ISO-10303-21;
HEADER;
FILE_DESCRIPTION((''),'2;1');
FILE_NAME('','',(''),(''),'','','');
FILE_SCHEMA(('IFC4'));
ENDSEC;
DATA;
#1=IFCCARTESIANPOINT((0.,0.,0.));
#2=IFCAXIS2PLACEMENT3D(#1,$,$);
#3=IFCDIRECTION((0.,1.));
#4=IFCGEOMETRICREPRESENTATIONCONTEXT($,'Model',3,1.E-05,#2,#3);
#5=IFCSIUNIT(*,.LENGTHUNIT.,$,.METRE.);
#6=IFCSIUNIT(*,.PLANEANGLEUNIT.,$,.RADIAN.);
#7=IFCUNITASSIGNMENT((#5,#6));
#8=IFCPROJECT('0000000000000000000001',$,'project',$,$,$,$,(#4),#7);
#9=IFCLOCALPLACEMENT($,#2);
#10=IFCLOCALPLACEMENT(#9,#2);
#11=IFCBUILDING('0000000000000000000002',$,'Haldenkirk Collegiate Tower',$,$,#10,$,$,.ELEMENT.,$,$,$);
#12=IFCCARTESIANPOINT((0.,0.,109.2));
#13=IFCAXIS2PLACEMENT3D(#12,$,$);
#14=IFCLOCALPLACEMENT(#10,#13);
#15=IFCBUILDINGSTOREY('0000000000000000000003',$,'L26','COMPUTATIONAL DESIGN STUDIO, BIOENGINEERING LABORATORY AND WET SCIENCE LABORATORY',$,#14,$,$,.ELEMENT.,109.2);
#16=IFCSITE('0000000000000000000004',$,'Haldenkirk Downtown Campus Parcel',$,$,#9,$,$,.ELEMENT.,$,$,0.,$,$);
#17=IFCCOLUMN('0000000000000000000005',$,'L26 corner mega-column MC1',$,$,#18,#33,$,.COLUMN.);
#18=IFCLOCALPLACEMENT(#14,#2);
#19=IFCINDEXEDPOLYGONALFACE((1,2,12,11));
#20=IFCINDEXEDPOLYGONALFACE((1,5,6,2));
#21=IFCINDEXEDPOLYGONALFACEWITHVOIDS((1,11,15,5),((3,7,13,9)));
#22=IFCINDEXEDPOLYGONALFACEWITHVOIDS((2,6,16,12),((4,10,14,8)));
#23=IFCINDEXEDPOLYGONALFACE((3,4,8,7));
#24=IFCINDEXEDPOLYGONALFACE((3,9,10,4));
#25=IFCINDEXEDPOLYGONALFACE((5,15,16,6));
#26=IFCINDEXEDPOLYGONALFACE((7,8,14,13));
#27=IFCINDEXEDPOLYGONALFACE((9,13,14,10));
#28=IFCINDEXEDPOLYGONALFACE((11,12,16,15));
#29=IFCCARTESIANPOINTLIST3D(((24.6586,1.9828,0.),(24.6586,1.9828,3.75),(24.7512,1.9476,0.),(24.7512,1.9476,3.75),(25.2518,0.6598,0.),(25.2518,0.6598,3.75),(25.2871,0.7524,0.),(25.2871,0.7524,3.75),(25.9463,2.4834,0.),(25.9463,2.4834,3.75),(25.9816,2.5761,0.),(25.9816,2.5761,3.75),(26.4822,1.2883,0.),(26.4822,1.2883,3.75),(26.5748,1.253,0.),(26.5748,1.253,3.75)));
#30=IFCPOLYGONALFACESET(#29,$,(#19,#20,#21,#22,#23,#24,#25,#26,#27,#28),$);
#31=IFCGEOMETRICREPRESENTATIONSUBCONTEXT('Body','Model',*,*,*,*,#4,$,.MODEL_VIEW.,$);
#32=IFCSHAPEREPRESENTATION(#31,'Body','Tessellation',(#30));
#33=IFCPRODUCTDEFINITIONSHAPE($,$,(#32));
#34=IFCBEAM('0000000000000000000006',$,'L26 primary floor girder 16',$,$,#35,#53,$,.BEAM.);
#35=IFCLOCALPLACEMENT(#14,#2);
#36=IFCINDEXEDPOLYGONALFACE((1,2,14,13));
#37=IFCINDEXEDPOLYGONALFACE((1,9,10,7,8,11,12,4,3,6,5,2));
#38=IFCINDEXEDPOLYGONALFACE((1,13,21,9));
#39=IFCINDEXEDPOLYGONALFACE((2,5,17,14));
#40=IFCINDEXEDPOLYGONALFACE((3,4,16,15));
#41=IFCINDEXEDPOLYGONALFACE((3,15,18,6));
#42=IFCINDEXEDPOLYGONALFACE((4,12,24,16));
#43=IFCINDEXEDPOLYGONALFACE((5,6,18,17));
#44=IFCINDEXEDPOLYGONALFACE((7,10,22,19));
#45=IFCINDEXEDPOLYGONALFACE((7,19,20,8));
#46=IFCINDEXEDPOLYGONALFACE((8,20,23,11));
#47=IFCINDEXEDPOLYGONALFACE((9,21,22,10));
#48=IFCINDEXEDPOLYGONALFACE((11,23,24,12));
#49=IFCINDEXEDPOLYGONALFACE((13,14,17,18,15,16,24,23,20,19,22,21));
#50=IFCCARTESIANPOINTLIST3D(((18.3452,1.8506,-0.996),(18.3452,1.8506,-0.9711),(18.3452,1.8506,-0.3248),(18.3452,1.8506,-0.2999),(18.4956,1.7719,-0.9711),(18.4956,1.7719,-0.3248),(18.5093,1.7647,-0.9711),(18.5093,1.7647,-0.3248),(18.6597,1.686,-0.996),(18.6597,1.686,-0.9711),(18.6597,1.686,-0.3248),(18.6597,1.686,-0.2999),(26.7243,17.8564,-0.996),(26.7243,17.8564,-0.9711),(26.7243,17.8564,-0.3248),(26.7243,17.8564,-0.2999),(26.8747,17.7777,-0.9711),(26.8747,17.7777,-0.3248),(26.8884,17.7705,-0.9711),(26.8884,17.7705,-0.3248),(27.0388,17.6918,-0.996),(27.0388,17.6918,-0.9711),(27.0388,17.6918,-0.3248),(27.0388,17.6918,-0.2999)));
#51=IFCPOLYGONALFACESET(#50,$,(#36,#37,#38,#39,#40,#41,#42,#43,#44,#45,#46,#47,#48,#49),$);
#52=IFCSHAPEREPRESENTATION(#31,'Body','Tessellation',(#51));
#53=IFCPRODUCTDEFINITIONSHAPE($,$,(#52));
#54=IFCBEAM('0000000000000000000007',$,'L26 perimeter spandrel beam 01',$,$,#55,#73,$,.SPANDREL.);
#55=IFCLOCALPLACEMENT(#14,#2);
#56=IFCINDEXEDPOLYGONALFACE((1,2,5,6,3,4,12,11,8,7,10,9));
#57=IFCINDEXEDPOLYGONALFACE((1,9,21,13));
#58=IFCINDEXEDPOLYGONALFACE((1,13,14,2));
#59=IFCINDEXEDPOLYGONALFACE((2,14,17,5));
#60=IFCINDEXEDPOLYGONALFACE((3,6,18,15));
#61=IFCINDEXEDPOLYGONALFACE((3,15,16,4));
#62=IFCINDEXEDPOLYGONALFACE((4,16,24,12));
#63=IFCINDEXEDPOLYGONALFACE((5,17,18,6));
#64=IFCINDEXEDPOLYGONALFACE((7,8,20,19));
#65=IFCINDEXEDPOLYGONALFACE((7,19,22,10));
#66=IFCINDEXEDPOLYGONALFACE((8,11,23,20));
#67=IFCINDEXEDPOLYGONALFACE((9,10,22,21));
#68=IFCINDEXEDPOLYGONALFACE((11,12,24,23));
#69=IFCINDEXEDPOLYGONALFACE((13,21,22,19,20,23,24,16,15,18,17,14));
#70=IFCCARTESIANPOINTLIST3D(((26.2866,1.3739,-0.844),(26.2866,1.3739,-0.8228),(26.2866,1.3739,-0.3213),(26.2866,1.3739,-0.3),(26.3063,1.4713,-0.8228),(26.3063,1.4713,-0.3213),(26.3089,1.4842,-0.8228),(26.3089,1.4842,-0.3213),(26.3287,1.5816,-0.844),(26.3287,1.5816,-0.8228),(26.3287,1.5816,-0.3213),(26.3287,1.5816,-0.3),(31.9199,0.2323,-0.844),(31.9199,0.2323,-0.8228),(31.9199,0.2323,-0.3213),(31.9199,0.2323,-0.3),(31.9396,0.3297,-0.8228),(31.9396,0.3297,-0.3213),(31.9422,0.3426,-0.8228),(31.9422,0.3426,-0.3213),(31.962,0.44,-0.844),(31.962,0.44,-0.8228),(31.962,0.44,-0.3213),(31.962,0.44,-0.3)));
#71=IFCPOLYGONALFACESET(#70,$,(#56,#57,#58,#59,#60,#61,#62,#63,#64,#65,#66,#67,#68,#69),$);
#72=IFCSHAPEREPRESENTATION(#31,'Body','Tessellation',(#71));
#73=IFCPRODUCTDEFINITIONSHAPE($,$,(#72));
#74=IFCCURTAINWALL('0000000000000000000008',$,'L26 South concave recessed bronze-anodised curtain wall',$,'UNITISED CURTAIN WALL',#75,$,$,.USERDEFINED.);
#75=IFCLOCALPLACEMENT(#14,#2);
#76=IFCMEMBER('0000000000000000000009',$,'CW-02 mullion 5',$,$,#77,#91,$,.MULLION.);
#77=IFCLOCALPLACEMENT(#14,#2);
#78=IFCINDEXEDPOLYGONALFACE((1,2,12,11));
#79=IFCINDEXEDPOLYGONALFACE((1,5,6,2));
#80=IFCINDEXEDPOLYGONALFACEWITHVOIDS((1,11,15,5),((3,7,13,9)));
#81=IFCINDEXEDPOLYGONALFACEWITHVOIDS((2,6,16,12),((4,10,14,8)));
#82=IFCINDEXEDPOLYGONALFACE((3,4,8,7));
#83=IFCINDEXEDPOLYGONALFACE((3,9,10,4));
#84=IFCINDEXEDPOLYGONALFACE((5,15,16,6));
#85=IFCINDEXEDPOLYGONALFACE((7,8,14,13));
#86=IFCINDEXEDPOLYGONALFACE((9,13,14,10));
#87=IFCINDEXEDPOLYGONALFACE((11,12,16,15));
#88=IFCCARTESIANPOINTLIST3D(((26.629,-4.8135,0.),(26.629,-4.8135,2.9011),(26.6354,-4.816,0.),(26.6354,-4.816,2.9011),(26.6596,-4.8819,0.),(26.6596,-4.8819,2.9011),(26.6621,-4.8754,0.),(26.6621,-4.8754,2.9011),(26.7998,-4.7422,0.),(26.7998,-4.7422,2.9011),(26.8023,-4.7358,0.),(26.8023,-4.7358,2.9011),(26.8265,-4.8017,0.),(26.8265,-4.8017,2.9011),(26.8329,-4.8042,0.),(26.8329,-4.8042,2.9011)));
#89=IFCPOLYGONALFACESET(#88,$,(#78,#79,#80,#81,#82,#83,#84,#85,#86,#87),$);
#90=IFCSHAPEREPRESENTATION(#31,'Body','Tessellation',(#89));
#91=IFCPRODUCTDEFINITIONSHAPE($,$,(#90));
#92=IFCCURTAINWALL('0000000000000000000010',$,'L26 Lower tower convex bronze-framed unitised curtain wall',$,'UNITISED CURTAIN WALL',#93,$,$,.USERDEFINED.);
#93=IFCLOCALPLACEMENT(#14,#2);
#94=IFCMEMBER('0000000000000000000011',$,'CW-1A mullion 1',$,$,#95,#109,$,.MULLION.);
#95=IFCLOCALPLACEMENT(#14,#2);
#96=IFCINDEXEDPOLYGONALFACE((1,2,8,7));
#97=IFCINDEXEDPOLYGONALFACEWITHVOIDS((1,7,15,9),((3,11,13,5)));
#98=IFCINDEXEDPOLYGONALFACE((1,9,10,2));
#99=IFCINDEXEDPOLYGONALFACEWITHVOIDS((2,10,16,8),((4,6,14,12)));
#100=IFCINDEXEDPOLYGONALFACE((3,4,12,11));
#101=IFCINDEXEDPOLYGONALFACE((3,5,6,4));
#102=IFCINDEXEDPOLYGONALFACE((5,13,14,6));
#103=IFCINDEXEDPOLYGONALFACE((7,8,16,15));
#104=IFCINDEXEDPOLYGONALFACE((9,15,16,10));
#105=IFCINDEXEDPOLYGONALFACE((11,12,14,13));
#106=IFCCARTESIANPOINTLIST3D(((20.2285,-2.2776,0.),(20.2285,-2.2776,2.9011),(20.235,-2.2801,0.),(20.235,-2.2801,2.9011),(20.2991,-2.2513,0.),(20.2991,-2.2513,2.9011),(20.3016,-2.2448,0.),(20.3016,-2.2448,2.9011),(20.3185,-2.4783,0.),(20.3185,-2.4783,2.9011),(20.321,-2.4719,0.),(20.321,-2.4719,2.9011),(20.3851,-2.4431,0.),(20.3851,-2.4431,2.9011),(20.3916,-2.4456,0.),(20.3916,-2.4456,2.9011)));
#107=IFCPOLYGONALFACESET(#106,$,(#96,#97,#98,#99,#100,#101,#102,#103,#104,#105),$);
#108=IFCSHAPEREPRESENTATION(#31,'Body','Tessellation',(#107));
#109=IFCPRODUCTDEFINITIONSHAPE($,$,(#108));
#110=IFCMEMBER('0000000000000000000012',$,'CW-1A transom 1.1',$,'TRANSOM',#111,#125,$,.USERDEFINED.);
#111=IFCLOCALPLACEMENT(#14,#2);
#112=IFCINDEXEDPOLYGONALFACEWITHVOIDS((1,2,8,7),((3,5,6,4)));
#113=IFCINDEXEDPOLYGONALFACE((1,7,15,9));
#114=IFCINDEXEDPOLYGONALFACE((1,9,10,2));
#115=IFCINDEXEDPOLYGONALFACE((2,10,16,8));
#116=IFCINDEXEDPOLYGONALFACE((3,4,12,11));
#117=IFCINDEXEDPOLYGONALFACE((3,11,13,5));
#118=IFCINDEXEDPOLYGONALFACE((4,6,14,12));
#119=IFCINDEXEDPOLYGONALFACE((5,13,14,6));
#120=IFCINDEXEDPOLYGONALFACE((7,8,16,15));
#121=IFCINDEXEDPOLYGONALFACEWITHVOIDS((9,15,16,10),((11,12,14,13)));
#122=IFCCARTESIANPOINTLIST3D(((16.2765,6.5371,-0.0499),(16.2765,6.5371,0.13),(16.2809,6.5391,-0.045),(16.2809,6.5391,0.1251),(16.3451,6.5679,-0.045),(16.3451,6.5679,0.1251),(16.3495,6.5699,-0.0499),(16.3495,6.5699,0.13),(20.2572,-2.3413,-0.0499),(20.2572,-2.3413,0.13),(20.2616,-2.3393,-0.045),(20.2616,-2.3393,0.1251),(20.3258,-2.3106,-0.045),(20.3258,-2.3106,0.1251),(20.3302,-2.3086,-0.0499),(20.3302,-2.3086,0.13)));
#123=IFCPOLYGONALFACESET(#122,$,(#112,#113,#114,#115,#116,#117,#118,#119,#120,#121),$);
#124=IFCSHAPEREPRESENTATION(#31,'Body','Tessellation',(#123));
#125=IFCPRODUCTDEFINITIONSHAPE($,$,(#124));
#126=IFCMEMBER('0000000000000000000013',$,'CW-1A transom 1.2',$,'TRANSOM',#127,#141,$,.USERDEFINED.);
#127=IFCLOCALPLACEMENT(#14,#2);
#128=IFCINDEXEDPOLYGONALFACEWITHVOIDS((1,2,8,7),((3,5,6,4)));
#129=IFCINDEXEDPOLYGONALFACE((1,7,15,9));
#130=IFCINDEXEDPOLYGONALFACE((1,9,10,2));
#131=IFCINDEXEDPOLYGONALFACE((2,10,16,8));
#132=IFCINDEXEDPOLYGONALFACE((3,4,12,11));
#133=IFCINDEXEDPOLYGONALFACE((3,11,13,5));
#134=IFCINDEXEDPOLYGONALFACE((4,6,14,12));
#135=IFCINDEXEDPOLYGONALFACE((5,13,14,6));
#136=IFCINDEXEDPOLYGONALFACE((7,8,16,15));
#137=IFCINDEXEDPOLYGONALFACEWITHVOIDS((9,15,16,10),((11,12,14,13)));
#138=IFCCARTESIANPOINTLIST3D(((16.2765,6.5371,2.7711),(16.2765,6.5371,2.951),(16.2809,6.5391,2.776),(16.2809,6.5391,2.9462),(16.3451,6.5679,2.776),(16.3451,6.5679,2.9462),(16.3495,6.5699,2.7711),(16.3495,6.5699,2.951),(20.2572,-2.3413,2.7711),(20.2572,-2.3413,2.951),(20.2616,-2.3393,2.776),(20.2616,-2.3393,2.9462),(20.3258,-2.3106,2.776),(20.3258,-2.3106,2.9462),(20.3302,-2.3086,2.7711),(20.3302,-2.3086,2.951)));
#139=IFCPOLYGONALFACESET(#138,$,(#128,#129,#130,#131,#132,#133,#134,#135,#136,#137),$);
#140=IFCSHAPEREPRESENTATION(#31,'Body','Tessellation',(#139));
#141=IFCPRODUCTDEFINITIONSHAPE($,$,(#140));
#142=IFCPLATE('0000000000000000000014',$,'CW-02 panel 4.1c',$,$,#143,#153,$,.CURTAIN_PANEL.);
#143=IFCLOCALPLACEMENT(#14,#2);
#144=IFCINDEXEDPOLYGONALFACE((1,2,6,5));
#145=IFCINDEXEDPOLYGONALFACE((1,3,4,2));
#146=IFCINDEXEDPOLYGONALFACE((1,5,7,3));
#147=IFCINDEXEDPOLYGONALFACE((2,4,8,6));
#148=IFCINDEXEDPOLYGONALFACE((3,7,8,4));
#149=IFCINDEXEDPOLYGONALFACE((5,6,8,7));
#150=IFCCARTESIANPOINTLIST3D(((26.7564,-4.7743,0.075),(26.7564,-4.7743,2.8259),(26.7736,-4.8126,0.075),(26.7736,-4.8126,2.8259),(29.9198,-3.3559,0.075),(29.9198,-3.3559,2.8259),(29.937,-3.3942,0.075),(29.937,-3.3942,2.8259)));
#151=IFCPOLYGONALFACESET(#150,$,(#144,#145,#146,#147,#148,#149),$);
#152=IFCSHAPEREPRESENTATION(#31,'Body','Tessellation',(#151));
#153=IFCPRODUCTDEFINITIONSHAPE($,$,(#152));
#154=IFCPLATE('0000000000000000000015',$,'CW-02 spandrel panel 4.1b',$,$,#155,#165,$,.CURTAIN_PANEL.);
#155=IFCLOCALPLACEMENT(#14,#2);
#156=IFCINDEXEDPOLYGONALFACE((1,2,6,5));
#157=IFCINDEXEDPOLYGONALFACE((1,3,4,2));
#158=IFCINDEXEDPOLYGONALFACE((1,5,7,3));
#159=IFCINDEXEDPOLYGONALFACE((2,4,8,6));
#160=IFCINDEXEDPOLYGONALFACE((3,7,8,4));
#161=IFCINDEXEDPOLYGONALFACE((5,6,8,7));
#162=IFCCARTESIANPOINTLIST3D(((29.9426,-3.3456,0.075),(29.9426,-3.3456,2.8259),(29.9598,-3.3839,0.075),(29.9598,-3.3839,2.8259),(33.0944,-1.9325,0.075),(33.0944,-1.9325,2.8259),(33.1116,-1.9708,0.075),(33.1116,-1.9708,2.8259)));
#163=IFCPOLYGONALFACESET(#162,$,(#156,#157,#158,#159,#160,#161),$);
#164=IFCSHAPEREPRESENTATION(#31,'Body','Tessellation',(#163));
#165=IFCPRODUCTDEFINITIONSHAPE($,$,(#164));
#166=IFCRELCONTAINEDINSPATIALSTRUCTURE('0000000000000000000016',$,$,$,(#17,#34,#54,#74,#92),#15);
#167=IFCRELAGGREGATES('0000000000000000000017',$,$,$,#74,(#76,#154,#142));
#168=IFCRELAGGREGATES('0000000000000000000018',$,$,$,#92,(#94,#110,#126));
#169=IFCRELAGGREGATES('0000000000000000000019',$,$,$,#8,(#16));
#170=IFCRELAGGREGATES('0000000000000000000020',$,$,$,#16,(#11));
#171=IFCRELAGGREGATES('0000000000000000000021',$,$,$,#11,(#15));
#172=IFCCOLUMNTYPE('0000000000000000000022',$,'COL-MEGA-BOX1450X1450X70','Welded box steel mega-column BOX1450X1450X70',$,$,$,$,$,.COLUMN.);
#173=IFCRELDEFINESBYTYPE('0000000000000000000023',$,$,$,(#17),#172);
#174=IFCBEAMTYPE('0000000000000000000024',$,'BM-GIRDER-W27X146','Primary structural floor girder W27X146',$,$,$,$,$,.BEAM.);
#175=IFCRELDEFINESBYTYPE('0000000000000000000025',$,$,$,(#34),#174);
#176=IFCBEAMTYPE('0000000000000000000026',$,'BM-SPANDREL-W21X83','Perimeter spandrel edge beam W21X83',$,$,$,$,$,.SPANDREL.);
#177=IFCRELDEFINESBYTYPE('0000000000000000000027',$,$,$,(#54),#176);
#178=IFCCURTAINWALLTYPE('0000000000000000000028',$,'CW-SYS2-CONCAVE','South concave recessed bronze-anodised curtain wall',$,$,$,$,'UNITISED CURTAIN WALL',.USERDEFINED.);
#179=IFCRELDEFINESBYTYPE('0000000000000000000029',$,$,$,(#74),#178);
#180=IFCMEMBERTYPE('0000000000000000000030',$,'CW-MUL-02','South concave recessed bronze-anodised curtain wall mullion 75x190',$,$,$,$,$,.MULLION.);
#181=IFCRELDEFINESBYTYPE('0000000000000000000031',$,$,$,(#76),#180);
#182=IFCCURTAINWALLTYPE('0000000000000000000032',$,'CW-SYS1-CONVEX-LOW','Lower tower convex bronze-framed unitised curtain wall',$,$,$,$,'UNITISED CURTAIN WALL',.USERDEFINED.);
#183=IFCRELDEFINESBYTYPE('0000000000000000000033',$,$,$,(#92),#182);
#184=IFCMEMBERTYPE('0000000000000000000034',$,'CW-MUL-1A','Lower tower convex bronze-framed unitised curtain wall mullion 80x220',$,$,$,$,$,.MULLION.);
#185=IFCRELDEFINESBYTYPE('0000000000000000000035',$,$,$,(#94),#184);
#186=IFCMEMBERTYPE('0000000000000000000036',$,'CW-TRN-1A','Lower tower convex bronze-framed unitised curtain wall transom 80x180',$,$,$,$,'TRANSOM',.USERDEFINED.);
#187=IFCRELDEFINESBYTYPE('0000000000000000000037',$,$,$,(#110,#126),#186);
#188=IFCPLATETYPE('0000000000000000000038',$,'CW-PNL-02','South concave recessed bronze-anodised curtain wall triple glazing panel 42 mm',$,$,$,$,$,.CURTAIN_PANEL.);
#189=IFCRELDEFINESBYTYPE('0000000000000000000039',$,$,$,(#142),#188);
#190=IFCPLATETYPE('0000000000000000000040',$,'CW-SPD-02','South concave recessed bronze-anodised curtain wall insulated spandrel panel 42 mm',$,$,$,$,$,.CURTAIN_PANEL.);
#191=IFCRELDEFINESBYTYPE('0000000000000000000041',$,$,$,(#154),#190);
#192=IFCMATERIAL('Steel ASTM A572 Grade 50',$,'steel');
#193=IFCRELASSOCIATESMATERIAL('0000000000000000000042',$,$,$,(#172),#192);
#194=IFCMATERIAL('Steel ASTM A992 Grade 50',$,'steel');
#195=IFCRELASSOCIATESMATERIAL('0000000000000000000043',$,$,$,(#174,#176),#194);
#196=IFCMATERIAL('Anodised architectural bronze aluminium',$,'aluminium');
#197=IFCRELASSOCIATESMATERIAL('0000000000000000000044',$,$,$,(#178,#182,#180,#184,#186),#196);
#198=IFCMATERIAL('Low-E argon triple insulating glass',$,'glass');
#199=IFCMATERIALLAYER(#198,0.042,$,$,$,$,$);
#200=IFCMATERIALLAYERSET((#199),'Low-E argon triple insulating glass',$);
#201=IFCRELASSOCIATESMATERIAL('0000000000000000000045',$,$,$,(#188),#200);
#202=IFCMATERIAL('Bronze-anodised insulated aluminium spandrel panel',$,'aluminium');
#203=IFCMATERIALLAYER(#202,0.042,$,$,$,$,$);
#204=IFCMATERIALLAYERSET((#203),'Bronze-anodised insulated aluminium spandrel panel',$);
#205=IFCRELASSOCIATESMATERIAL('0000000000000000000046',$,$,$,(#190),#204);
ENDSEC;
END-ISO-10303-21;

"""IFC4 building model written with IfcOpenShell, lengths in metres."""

from ifc_helpers import new_model, si_unit, direction, frame, origin, origin_2d, place, context, subcontext, project, spatial, rectangle, hollow_rectangle, i_section, extrude, source, transform, mapped, material, layer, layer_set, material_profile, profile_set, type_object, element, aggregate, save


model = new_model("IFC4")

# Units and contexts
model_context = context("Model", 3, precision=1e-05, world=origin(), true_north=direction((0.0, 1.0)))
body_context = subcontext(model_context, "Body", "Model", "MODEL_VIEW")
ifc_project = project(units=[si_unit("LENGTHUNIT", "METRE"), si_unit("PLANEANGLEUNIT", "RADIAN")], contexts=[model_context])

# Site, building, storey
site_placement = place(None, origin())
site = spatial("IfcSite", under=ifc_project, at=site_placement, Name="Haldenkirk Downtown Campus Parcel", CompositionType="ELEMENT", RefElevation=0.0)
building_placement = place(site_placement, origin())
building = spatial("IfcBuilding", under=site, at=building_placement, Name="Haldenkirk Collegiate Tower", CompositionType="ELEMENT")
storey_placement = place(building_placement, frame((0.0, 0.0, 109.2)))
storey = spatial("IfcBuildingStorey", under=building, at=storey_placement, Name="L26", Description="COMPUTATIONAL DESIGN STUDIO, BIOENGINEERING LABORATORY AND WET SCIENCE LABORATORY", CompositionType="ELEMENT", Elevation=109.2)

# Column
ifc_material_1 = material(Name="Steel ASTM A572 Grade 50", Category="steel")
ifc_material_profile_1 = material_profile(ifc_material_1, hollow_rectangle(XDim=1.45, YDim=1.45, WallThickness=0.0701, at=origin_2d()), Name="BOX1450X1450X70")
ifc_profile_set_1 = profile_set([ifc_material_profile_1], Name="Steel ASTM A572 Grade 50")
column_type = type_object("IfcColumnType", Name="COL-MEGA-BOX1450X1450X70", Description="Welded box steel mega-column BOX1450X1450X70", PredefinedType="COLUMN", material=ifc_profile_set_1)
column_placement = place(storey_placement, frame((25.6167, 1.6179, 0.0), z_axis=(0.0, 0.0, 1.0), x_axis=(0.912477, 0.409127, 0.0)))
element("IfcColumn", 1, at=column_placement, inside=storey, type_object=column_type, Name="L26 corner mega-column MC1", PredefinedType="COLUMN", context=body_context, shape_type="SweptSolid", body=[
    extrude(hollow_rectangle(XDim=1.45, YDim=1.45, WallThickness=0.0701, at=origin_2d()), origin(), (0.0, 0.0, 1.0), 3.75),
])

# Beams
ifc_material_2 = material(Name="Steel ASTM A992 Grade 50", Category="steel")
ifc_material_profile_2 = material_profile(ifc_material_2, i_section(OverallWidth=0.355, OverallDepth=0.696, WebThickness=0.0154, FlangeThickness=0.0249, at=origin_2d()), Name="W27X146")
ifc_profile_set_2 = profile_set([ifc_material_profile_2], Name="Steel ASTM A992 Grade 50")
beam_type_1 = type_object("IfcBeamType", Name="BM-GIRDER-W27X146", Description="Primary structural floor girder W27X146", PredefinedType="BEAM", material=ifc_profile_set_2)
beam_1_placement = place(storey_placement, frame((18.5024, 1.7683, -0.6479), z_axis=(0.463795, 0.885942, 0.0), x_axis=(-0.885942, 0.463795, 0.0)))
element("IfcBeam", 2, at=beam_1_placement, inside=storey, type_object=beam_type_1, Name="L26 primary floor girder 16", PredefinedType="BEAM", context=body_context, shape_type="SweptSolid", body=[
    extrude(i_section(OverallWidth=0.355, OverallDepth=0.696, WebThickness=0.0154, FlangeThickness=0.0249, at=origin_2d()), origin(), (0.0, 0.0, 1.0), 18.0664),
])
ifc_material_profile_3 = material_profile(ifc_material_2, i_section(OverallWidth=0.2119, OverallDepth=0.5439, WebThickness=0.0132, FlangeThickness=0.0212, at=origin_2d()), Name="W21X83")
ifc_profile_set_3 = profile_set([ifc_material_profile_3], Name="Steel ASTM A992 Grade 50")
beam_type_2 = type_object("IfcBeamType", Name="BM-SPANDREL-W21X83", Description="Perimeter spandrel edge beam W21X83", PredefinedType="SPANDREL", material=ifc_profile_set_3)
beam_2_placement = place(storey_placement, frame((26.3076, 1.4778, -0.572), z_axis=(0.980078, -0.198615, 0.0), x_axis=(0.198615, 0.980078, 0.0)))
element("IfcBeam", 3, at=beam_2_placement, inside=storey, type_object=beam_type_2, Name="L26 perimeter spandrel beam 01", PredefinedType="SPANDREL", context=body_context, shape_type="SweptSolid", body=[
    extrude(i_section(OverallWidth=0.2119, OverallDepth=0.5439, WebThickness=0.0132, FlangeThickness=0.0212, at=origin_2d()), origin(), (0.0, 0.0, 1.0), 5.7478),
])

# Curtain wall, member
ifc_material_3 = material(Name="Anodised architectural bronze aluminium", Category="aluminium")
curtain_wall_type_1 = type_object("IfcCurtainWallType", Name="CW-SYS2-CONCAVE", Description="South concave recessed bronze-anodised curtain wall", ElementType="UNITISED CURTAIN WALL", PredefinedType="USERDEFINED", material=ifc_material_3)
curtain_wall_1_placement = place(storey_placement, origin())
curtain_wall_1 = element("IfcCurtainWall", 4, at=curtain_wall_1_placement, inside=storey, type_object=curtain_wall_type_1, Name="L26 South concave recessed bronze-anodised curtain wall", ObjectType="UNITISED CURTAIN WALL", PredefinedType="USERDEFINED")
ifc_material_profile_4 = material_profile(ifc_material_3, hollow_rectangle(XDim=0.075, YDim=0.1899, WallThickness=0.0049, at=origin_2d()), Name="CW-MUL-02")
ifc_profile_set_4 = profile_set([ifc_material_profile_4], Name="Anodised architectural bronze aluminium")
member_type_1 = type_object("IfcMemberType", Name="CW-MUL-02", Description="South concave recessed bronze-anodised curtain wall mullion 75x190", PredefinedType="MULLION", material=ifc_profile_set_4)
member_1_placement = place(storey_placement, frame((26.731, -4.8088, 0.0), z_axis=(0.0, 0.0, 1.0), x_axis=(0.409127, -0.912477, 0.0)))
member_1 = element("IfcMember", 5, at=member_1_placement, type_object=member_type_1, Name="CW-02 mullion 5", PredefinedType="MULLION", context=body_context, shape_type="SweptSolid", body=[
    extrude(hollow_rectangle(XDim=0.075, YDim=0.1899, WallThickness=0.0049, at=origin_2d()), origin(), (0.0, 0.0, 1.0), 2.9011),
])

# Curtain wall, members
curtain_wall_type_2 = type_object("IfcCurtainWallType", Name="CW-SYS1-CONVEX-LOW", Description="Lower tower convex bronze-framed unitised curtain wall", ElementType="UNITISED CURTAIN WALL", PredefinedType="USERDEFINED", material=ifc_material_3)
curtain_wall_2_placement = place(storey_placement, origin())
curtain_wall_2 = element("IfcCurtainWall", 6, at=curtain_wall_2_placement, inside=storey, type_object=curtain_wall_type_2, Name="L26 Lower tower convex bronze-framed unitised curtain wall", ObjectType="UNITISED CURTAIN WALL", PredefinedType="USERDEFINED")
ifc_material_profile_5 = material_profile(ifc_material_3, hollow_rectangle(XDim=0.0801, YDim=0.22, WallThickness=0.0049, at=origin_2d()), Name="CW-MUL-1A")
ifc_profile_set_5 = profile_set([ifc_material_profile_5], Name="Anodised architectural bronze aluminium")
member_type_2 = type_object("IfcMemberType", Name="CW-MUL-1A", Description="Lower tower convex bronze-framed unitised curtain wall mullion 80x220", PredefinedType="MULLION", material=ifc_profile_set_5)
member_2_placement = place(storey_placement, frame((20.3101, -2.3616, 0.0), z_axis=(0.0, 0.0, 1.0), x_axis=(-0.912478, -0.409126, 0.0)))
member_2 = element("IfcMember", 7, at=member_2_placement, type_object=member_type_2, Name="CW-1A mullion 1", PredefinedType="MULLION", context=body_context, shape_type="SweptSolid", body=[
    extrude(hollow_rectangle(XDim=0.0801, YDim=0.22, WallThickness=0.0049, at=origin_2d()), origin(), (0.0, 0.0, 1.0), 2.9011),
])
ifc_material_profile_6 = material_profile(ifc_material_3, hollow_rectangle(XDim=0.0801, YDim=0.1799, WallThickness=0.0049, at=origin_2d()), Name="CW-TRN-1A")
ifc_profile_set_6 = profile_set([ifc_material_profile_6], Name="Anodised architectural bronze aluminium")
member_type_3 = type_object("IfcMemberType", Name="CW-TRN-1A", Description="Lower tower convex bronze-framed unitised curtain wall transom 80x180", ElementType="TRANSOM", PredefinedType="USERDEFINED", material=ifc_profile_set_6)
member_3_placement = place(storey_placement, frame((20.2937, -2.325, 0.04), z_axis=(-0.409119, 0.912481, 0.0), x_axis=(-0.912481, -0.409119, 0.0)))
member_3 = element("IfcMember", 8, at=member_3_placement, type_object=member_type_3, Name="CW-1A transom 1.1", ObjectType="TRANSOM", PredefinedType="USERDEFINED", context=body_context, shape_type="SweptSolid", body=[
    extrude(hollow_rectangle(XDim=0.0801, YDim=0.1799, WallThickness=0.0049, at=origin_2d()), origin(), (0.0, 0.0, 1.0), 9.73),
])
member_4_placement = place(storey_placement, frame((20.2937, -2.325, 2.8611), z_axis=(-0.409119, 0.912481, 0.0), x_axis=(-0.912481, -0.409119, 0.0)))
member_4 = element("IfcMember", 9, at=member_4_placement, type_object=member_type_3, Name="CW-1A transom 1.2", ObjectType="TRANSOM", PredefinedType="USERDEFINED", context=body_context, shape_type="SweptSolid", body=[
    extrude(hollow_rectangle(XDim=0.0801, YDim=0.1799, WallThickness=0.0049, at=origin_2d()), origin(), (0.0, 0.0, 1.0), 9.73),
])

# Plates
ifc_material_4 = material(Name="Low-E argon triple insulating glass", Category="glass")
ifc_layer_1 = layer(ifc_material_4, 0.042)
ifc_layer_set_1 = layer_set([ifc_layer_1], Name="Low-E argon triple insulating glass")
plate_type_1 = type_object("IfcPlateType", Name="CW-PNL-02", Description="South concave recessed bronze-anodised curtain wall triple glazing panel 42 mm", PredefinedType="CURTAIN_PANEL", material=ifc_layer_set_1)
shared_shape_1 = source(origin(), body_context, "Body", "SweptSolid", [
    extrude(rectangle(XDim=3.4668, YDim=0.042, at=origin_2d()), origin(), (0.0, 0.0, 1.0), 2.751),
])
plate_1_placement = place(storey_placement, frame((28.3467, -4.0842, 0.075), z_axis=(0.0, 0.0, 1.0), x_axis=(-0.912477, -0.409127, 0.0)))
plate_1 = element("IfcPlate", 10, at=plate_1_placement, type_object=plate_type_1, Name="CW-02 panel 4.1c", PredefinedType="CURTAIN_PANEL", context=body_context, shape_type="MappedRepresentation", body=[
    mapped(shared_shape_1, transform((0.0, 0.0, 0.0), x_axis=(1.0, 0.0, 0.0), y_axis=(0.0, 1.0, 0.0), z_axis=(0.0, 0.0, 1.0), scale=1.0)),
])
ifc_material_5 = material(Name="Bronze-anodised insulated aluminium spandrel panel", Category="aluminium")
ifc_layer_2 = layer(ifc_material_5, 0.042)
ifc_layer_set_2 = layer_set([ifc_layer_2], Name="Bronze-anodised insulated aluminium spandrel panel")
plate_type_2 = type_object("IfcPlateType", Name="CW-SPD-02", Description="South concave recessed bronze-anodised curtain wall insulated spandrel panel 42 mm", PredefinedType="CURTAIN_PANEL", material=ifc_layer_set_2)
shared_shape_2 = source(origin(), body_context, "Body", "SweptSolid", [
    extrude(rectangle(XDim=3.4541, YDim=0.042, at=origin_2d()), origin(), (0.0, 0.0, 1.0), 2.751),
])
plate_2_placement = place(storey_placement, frame((31.5271, -2.6582, 0.075), z_axis=(0.0, 0.0, 1.0), x_axis=(-0.912477, -0.409127, 0.0)))
plate_2 = element("IfcPlate", 11, at=plate_2_placement, type_object=plate_type_2, Name="CW-02 spandrel panel 4.1b", PredefinedType="CURTAIN_PANEL", context=body_context, shape_type="MappedRepresentation", body=[
    mapped(shared_shape_2, transform((0.0, 0.0, 0.0), x_axis=(1.0, 0.0, 0.0), y_axis=(0.0, 1.0, 0.0), z_axis=(0.0, 0.0, 1.0), scale=1.0)),
])
aggregate(curtain_wall_1, [member_1, plate_2, plate_1])
aggregate(curtain_wall_2, [member_2, member_3, member_4])

save(model, "model.ifc")
